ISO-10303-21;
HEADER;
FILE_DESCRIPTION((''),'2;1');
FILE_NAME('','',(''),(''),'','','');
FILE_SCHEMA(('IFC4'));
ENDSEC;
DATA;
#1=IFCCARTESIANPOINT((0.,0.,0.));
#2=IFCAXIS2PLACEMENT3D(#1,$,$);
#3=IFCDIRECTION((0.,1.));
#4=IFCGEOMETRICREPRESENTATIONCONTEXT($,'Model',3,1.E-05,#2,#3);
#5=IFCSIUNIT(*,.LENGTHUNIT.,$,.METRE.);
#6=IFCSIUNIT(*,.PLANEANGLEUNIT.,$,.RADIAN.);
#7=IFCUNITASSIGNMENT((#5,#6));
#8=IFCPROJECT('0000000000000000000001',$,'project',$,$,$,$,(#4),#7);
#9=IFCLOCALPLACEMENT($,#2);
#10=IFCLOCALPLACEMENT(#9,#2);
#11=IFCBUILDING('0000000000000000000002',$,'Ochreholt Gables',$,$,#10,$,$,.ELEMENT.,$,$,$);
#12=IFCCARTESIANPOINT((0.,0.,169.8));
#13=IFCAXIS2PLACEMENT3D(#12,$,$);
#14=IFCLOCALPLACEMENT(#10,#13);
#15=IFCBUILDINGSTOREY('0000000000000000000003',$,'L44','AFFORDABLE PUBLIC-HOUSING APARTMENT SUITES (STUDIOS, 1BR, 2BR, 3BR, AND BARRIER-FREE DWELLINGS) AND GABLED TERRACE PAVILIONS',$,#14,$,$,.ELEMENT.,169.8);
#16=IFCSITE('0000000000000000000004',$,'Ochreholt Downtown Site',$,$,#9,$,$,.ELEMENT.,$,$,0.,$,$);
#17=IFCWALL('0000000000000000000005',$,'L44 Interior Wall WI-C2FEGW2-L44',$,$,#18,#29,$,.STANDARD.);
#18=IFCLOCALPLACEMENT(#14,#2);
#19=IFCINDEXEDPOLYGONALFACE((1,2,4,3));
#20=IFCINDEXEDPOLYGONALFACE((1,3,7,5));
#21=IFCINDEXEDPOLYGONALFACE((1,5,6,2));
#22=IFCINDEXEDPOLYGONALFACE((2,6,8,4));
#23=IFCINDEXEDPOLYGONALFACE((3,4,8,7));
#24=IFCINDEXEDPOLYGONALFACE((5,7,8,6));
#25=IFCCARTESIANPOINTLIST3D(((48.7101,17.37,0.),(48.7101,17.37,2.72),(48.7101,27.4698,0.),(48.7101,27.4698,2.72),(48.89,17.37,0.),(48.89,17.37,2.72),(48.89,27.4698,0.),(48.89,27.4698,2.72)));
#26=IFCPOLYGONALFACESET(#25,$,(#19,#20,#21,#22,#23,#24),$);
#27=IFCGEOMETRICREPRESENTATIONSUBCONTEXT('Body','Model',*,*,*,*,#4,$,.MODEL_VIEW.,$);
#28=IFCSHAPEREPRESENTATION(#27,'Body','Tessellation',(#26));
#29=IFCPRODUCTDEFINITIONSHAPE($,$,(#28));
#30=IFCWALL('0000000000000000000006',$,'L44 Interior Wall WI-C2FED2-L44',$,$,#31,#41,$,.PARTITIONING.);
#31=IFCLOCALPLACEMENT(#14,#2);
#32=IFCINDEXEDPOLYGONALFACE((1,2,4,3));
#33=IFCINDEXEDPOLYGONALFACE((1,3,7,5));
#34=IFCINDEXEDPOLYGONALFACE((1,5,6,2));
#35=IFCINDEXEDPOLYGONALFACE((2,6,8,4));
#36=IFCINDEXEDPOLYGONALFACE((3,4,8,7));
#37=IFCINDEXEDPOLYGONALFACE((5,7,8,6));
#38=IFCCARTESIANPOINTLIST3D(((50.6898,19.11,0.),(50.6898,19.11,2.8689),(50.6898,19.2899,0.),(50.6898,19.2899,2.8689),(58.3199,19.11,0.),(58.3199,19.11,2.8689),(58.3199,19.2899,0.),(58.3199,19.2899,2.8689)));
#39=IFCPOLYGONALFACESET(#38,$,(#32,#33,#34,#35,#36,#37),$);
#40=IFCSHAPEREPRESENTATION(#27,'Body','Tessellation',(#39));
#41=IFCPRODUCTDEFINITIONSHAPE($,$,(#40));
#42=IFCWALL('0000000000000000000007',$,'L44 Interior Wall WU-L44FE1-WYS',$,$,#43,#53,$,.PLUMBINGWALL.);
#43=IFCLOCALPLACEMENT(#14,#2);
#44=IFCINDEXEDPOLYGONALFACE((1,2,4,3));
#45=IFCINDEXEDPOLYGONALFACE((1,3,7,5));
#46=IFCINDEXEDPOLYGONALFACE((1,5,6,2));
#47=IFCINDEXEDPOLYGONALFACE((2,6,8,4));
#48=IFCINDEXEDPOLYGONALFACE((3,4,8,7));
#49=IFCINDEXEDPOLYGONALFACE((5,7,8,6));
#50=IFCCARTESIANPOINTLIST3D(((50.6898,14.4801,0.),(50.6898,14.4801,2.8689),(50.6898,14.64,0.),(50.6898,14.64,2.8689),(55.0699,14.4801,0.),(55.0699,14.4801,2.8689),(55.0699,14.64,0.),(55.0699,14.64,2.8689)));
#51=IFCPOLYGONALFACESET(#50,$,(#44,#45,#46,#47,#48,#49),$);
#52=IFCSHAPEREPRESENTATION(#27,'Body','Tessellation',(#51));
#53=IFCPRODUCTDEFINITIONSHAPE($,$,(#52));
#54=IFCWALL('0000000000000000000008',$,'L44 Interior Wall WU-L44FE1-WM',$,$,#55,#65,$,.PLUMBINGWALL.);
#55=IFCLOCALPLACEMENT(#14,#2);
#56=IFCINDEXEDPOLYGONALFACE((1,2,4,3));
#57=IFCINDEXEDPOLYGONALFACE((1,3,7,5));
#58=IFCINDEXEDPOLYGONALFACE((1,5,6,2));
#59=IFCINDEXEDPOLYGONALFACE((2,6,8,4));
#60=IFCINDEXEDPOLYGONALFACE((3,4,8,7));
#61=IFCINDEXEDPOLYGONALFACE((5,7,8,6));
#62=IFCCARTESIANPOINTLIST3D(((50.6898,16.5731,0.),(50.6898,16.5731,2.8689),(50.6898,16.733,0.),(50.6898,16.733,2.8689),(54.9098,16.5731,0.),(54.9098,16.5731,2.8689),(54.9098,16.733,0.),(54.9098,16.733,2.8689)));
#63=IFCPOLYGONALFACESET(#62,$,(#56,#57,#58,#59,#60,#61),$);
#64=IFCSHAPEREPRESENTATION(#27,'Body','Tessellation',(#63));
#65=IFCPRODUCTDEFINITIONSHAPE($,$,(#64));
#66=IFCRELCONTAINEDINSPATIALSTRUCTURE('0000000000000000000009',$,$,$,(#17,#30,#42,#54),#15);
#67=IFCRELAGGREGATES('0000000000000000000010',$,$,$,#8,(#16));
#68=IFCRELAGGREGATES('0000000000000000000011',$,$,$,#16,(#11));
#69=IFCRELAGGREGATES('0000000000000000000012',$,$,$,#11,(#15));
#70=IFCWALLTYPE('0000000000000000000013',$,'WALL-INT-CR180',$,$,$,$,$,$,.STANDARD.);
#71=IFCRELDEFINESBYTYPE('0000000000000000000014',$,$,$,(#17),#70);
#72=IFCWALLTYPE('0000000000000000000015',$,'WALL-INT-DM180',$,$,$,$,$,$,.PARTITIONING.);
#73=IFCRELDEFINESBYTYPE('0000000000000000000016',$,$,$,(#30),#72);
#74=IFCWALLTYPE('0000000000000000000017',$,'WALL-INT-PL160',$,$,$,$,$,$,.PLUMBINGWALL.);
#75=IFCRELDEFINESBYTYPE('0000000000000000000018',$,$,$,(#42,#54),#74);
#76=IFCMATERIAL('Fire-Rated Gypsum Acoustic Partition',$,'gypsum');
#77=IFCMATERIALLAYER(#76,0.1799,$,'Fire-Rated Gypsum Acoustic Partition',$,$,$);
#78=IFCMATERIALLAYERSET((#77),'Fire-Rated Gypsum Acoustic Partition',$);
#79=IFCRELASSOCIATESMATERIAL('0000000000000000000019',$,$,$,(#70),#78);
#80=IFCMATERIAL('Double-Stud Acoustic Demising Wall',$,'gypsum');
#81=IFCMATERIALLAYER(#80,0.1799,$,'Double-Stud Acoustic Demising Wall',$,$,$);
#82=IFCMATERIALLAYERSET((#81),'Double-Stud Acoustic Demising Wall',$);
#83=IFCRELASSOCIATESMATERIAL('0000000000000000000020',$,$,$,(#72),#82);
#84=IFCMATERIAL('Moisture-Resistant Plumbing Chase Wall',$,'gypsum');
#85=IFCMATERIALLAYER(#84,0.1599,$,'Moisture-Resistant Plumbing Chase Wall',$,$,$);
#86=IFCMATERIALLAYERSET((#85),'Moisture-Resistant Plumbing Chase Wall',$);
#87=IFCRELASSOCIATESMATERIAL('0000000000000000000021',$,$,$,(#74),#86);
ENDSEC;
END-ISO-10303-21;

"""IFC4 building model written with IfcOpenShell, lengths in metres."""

from ifc_helpers import new_model, si_unit, direction, frame, frame_2d, origin, place, context, subcontext, project, spatial, rectangle, extrude, material, layer, layer_set, type_object, element, save


model = new_model("IFC4")

# Units and contexts
model_context = context("Model", 3, precision=1e-05, world=origin(), true_north=direction((0.0, 1.0)))
body_context = subcontext(model_context, "Body", "Model", "MODEL_VIEW")
ifc_project = project(units=[si_unit("LENGTHUNIT", "METRE"), si_unit("PLANEANGLEUNIT", "RADIAN")], contexts=[model_context])

# Site, building, storey
site_placement = place(None, origin())
site = spatial("IfcSite", under=ifc_project, at=site_placement, Name="Ochreholt Downtown Site", CompositionType="ELEMENT", RefElevation=0.0)
building_placement = place(site_placement, origin())
building = spatial("IfcBuilding", under=site, at=building_placement, Name="Ochreholt Gables", CompositionType="ELEMENT")
storey_placement = place(building_placement, frame((0.0, 0.0, 169.8)))
storey = spatial("IfcBuildingStorey", under=building, at=storey_placement, Name="L44", Description="AFFORDABLE PUBLIC-HOUSING APARTMENT SUITES (STUDIOS, 1BR, 2BR, 3BR, AND BARRIER-FREE DWELLINGS) AND GABLED TERRACE PAVILIONS", CompositionType="ELEMENT", Elevation=169.8)

# Walls
ifc_material_1 = material(Name="Fire-Rated Gypsum Acoustic Partition", Category="gypsum")
ifc_layer_1 = layer(ifc_material_1, 0.1799, Name="Fire-Rated Gypsum Acoustic Partition")
ifc_layer_set_1 = layer_set([ifc_layer_1], Name="Fire-Rated Gypsum Acoustic Partition")
wall_type_1 = type_object("IfcWallType", Name="WALL-INT-CR180", PredefinedType="STANDARD", material=ifc_layer_set_1)
wall_1_placement = place(storey_placement, frame((48.8, 17.3701, 0.0), z_axis=(0.0, 0.0, 1.0), x_axis=(0.0, 1.0, 0.0)))
element("IfcWall", 1, at=wall_1_placement, inside=storey, type_object=wall_type_1, Name="L44 Interior Wall WI-C2FEGW2-L44", PredefinedType="STANDARD", context=body_context, shape_type="SweptSolid", body=[
    extrude(rectangle(XDim=10.0999, YDim=0.1799, at=frame_2d((5.0498, 0.0))), origin(), (0.0, 0.0, 1.0), 2.72),
])
ifc_material_2 = material(Name="Double-Stud Acoustic Demising Wall", Category="gypsum")
ifc_layer_2 = layer(ifc_material_2, 0.1799, Name="Double-Stud Acoustic Demising Wall")
ifc_layer_set_2 = layer_set([ifc_layer_2], Name="Double-Stud Acoustic Demising Wall")
wall_type_2 = type_object("IfcWallType", Name="WALL-INT-DM180", PredefinedType="PARTITIONING", material=ifc_layer_set_2)
wall_2_placement = place(storey_placement, frame((50.6899, 19.2, 0.0), z_axis=(0.0, 0.0, 1.0), x_axis=(1.0, 0.0, 0.0)))
element("IfcWall", 2, at=wall_2_placement, inside=storey, type_object=wall_type_2, Name="L44 Interior Wall WI-C2FED2-L44", PredefinedType="PARTITIONING", context=body_context, shape_type="SweptSolid", body=[
    extrude(rectangle(XDim=7.6301, YDim=0.1799, at=frame_2d((3.8149, 0.0))), origin(), (0.0, 0.0, 1.0), 2.8689),
])
ifc_material_3 = material(Name="Moisture-Resistant Plumbing Chase Wall", Category="gypsum")
ifc_layer_3 = layer(ifc_material_3, 0.1599, Name="Moisture-Resistant Plumbing Chase Wall")
ifc_layer_set_3 = layer_set([ifc_layer_3], Name="Moisture-Resistant Plumbing Chase Wall")
wall_type_3 = type_object("IfcWallType", Name="WALL-INT-PL160", PredefinedType="PLUMBINGWALL", material=ifc_layer_set_3)
wall_3_placement = place(storey_placement, frame((50.6899, 14.5601, 0.0), z_axis=(0.0, 0.0, 1.0), x_axis=(1.0, 0.0, 0.0)))
element("IfcWall", 3, at=wall_3_placement, inside=storey, type_object=wall_type_3, Name="L44 Interior Wall WU-L44FE1-WYS", PredefinedType="PLUMBINGWALL", context=body_context, shape_type="SweptSolid", body=[
    extrude(rectangle(XDim=4.3801, YDim=0.1599, at=frame_2d((2.1899, 0.0))), origin(), (0.0, 0.0, 1.0), 2.8689),
])

# Wall
wall_4_placement = place(storey_placement, frame((50.6899, 16.6531, 0.0), z_axis=(0.0, 0.0, 1.0), x_axis=(1.0, 0.0, 0.0)))
element("IfcWall", 4, at=wall_4_placement, inside=storey, type_object=wall_type_3, Name="L44 Interior Wall WU-L44FE1-WM", PredefinedType="PLUMBINGWALL", context=body_context, shape_type="SweptSolid", body=[
    extrude(rectangle(XDim=4.22, YDim=0.1599, at=frame_2d((2.1099, 0.0))), origin(), (0.0, 0.0, 1.0), 2.8689),
])

save(model, "model.ifc")
